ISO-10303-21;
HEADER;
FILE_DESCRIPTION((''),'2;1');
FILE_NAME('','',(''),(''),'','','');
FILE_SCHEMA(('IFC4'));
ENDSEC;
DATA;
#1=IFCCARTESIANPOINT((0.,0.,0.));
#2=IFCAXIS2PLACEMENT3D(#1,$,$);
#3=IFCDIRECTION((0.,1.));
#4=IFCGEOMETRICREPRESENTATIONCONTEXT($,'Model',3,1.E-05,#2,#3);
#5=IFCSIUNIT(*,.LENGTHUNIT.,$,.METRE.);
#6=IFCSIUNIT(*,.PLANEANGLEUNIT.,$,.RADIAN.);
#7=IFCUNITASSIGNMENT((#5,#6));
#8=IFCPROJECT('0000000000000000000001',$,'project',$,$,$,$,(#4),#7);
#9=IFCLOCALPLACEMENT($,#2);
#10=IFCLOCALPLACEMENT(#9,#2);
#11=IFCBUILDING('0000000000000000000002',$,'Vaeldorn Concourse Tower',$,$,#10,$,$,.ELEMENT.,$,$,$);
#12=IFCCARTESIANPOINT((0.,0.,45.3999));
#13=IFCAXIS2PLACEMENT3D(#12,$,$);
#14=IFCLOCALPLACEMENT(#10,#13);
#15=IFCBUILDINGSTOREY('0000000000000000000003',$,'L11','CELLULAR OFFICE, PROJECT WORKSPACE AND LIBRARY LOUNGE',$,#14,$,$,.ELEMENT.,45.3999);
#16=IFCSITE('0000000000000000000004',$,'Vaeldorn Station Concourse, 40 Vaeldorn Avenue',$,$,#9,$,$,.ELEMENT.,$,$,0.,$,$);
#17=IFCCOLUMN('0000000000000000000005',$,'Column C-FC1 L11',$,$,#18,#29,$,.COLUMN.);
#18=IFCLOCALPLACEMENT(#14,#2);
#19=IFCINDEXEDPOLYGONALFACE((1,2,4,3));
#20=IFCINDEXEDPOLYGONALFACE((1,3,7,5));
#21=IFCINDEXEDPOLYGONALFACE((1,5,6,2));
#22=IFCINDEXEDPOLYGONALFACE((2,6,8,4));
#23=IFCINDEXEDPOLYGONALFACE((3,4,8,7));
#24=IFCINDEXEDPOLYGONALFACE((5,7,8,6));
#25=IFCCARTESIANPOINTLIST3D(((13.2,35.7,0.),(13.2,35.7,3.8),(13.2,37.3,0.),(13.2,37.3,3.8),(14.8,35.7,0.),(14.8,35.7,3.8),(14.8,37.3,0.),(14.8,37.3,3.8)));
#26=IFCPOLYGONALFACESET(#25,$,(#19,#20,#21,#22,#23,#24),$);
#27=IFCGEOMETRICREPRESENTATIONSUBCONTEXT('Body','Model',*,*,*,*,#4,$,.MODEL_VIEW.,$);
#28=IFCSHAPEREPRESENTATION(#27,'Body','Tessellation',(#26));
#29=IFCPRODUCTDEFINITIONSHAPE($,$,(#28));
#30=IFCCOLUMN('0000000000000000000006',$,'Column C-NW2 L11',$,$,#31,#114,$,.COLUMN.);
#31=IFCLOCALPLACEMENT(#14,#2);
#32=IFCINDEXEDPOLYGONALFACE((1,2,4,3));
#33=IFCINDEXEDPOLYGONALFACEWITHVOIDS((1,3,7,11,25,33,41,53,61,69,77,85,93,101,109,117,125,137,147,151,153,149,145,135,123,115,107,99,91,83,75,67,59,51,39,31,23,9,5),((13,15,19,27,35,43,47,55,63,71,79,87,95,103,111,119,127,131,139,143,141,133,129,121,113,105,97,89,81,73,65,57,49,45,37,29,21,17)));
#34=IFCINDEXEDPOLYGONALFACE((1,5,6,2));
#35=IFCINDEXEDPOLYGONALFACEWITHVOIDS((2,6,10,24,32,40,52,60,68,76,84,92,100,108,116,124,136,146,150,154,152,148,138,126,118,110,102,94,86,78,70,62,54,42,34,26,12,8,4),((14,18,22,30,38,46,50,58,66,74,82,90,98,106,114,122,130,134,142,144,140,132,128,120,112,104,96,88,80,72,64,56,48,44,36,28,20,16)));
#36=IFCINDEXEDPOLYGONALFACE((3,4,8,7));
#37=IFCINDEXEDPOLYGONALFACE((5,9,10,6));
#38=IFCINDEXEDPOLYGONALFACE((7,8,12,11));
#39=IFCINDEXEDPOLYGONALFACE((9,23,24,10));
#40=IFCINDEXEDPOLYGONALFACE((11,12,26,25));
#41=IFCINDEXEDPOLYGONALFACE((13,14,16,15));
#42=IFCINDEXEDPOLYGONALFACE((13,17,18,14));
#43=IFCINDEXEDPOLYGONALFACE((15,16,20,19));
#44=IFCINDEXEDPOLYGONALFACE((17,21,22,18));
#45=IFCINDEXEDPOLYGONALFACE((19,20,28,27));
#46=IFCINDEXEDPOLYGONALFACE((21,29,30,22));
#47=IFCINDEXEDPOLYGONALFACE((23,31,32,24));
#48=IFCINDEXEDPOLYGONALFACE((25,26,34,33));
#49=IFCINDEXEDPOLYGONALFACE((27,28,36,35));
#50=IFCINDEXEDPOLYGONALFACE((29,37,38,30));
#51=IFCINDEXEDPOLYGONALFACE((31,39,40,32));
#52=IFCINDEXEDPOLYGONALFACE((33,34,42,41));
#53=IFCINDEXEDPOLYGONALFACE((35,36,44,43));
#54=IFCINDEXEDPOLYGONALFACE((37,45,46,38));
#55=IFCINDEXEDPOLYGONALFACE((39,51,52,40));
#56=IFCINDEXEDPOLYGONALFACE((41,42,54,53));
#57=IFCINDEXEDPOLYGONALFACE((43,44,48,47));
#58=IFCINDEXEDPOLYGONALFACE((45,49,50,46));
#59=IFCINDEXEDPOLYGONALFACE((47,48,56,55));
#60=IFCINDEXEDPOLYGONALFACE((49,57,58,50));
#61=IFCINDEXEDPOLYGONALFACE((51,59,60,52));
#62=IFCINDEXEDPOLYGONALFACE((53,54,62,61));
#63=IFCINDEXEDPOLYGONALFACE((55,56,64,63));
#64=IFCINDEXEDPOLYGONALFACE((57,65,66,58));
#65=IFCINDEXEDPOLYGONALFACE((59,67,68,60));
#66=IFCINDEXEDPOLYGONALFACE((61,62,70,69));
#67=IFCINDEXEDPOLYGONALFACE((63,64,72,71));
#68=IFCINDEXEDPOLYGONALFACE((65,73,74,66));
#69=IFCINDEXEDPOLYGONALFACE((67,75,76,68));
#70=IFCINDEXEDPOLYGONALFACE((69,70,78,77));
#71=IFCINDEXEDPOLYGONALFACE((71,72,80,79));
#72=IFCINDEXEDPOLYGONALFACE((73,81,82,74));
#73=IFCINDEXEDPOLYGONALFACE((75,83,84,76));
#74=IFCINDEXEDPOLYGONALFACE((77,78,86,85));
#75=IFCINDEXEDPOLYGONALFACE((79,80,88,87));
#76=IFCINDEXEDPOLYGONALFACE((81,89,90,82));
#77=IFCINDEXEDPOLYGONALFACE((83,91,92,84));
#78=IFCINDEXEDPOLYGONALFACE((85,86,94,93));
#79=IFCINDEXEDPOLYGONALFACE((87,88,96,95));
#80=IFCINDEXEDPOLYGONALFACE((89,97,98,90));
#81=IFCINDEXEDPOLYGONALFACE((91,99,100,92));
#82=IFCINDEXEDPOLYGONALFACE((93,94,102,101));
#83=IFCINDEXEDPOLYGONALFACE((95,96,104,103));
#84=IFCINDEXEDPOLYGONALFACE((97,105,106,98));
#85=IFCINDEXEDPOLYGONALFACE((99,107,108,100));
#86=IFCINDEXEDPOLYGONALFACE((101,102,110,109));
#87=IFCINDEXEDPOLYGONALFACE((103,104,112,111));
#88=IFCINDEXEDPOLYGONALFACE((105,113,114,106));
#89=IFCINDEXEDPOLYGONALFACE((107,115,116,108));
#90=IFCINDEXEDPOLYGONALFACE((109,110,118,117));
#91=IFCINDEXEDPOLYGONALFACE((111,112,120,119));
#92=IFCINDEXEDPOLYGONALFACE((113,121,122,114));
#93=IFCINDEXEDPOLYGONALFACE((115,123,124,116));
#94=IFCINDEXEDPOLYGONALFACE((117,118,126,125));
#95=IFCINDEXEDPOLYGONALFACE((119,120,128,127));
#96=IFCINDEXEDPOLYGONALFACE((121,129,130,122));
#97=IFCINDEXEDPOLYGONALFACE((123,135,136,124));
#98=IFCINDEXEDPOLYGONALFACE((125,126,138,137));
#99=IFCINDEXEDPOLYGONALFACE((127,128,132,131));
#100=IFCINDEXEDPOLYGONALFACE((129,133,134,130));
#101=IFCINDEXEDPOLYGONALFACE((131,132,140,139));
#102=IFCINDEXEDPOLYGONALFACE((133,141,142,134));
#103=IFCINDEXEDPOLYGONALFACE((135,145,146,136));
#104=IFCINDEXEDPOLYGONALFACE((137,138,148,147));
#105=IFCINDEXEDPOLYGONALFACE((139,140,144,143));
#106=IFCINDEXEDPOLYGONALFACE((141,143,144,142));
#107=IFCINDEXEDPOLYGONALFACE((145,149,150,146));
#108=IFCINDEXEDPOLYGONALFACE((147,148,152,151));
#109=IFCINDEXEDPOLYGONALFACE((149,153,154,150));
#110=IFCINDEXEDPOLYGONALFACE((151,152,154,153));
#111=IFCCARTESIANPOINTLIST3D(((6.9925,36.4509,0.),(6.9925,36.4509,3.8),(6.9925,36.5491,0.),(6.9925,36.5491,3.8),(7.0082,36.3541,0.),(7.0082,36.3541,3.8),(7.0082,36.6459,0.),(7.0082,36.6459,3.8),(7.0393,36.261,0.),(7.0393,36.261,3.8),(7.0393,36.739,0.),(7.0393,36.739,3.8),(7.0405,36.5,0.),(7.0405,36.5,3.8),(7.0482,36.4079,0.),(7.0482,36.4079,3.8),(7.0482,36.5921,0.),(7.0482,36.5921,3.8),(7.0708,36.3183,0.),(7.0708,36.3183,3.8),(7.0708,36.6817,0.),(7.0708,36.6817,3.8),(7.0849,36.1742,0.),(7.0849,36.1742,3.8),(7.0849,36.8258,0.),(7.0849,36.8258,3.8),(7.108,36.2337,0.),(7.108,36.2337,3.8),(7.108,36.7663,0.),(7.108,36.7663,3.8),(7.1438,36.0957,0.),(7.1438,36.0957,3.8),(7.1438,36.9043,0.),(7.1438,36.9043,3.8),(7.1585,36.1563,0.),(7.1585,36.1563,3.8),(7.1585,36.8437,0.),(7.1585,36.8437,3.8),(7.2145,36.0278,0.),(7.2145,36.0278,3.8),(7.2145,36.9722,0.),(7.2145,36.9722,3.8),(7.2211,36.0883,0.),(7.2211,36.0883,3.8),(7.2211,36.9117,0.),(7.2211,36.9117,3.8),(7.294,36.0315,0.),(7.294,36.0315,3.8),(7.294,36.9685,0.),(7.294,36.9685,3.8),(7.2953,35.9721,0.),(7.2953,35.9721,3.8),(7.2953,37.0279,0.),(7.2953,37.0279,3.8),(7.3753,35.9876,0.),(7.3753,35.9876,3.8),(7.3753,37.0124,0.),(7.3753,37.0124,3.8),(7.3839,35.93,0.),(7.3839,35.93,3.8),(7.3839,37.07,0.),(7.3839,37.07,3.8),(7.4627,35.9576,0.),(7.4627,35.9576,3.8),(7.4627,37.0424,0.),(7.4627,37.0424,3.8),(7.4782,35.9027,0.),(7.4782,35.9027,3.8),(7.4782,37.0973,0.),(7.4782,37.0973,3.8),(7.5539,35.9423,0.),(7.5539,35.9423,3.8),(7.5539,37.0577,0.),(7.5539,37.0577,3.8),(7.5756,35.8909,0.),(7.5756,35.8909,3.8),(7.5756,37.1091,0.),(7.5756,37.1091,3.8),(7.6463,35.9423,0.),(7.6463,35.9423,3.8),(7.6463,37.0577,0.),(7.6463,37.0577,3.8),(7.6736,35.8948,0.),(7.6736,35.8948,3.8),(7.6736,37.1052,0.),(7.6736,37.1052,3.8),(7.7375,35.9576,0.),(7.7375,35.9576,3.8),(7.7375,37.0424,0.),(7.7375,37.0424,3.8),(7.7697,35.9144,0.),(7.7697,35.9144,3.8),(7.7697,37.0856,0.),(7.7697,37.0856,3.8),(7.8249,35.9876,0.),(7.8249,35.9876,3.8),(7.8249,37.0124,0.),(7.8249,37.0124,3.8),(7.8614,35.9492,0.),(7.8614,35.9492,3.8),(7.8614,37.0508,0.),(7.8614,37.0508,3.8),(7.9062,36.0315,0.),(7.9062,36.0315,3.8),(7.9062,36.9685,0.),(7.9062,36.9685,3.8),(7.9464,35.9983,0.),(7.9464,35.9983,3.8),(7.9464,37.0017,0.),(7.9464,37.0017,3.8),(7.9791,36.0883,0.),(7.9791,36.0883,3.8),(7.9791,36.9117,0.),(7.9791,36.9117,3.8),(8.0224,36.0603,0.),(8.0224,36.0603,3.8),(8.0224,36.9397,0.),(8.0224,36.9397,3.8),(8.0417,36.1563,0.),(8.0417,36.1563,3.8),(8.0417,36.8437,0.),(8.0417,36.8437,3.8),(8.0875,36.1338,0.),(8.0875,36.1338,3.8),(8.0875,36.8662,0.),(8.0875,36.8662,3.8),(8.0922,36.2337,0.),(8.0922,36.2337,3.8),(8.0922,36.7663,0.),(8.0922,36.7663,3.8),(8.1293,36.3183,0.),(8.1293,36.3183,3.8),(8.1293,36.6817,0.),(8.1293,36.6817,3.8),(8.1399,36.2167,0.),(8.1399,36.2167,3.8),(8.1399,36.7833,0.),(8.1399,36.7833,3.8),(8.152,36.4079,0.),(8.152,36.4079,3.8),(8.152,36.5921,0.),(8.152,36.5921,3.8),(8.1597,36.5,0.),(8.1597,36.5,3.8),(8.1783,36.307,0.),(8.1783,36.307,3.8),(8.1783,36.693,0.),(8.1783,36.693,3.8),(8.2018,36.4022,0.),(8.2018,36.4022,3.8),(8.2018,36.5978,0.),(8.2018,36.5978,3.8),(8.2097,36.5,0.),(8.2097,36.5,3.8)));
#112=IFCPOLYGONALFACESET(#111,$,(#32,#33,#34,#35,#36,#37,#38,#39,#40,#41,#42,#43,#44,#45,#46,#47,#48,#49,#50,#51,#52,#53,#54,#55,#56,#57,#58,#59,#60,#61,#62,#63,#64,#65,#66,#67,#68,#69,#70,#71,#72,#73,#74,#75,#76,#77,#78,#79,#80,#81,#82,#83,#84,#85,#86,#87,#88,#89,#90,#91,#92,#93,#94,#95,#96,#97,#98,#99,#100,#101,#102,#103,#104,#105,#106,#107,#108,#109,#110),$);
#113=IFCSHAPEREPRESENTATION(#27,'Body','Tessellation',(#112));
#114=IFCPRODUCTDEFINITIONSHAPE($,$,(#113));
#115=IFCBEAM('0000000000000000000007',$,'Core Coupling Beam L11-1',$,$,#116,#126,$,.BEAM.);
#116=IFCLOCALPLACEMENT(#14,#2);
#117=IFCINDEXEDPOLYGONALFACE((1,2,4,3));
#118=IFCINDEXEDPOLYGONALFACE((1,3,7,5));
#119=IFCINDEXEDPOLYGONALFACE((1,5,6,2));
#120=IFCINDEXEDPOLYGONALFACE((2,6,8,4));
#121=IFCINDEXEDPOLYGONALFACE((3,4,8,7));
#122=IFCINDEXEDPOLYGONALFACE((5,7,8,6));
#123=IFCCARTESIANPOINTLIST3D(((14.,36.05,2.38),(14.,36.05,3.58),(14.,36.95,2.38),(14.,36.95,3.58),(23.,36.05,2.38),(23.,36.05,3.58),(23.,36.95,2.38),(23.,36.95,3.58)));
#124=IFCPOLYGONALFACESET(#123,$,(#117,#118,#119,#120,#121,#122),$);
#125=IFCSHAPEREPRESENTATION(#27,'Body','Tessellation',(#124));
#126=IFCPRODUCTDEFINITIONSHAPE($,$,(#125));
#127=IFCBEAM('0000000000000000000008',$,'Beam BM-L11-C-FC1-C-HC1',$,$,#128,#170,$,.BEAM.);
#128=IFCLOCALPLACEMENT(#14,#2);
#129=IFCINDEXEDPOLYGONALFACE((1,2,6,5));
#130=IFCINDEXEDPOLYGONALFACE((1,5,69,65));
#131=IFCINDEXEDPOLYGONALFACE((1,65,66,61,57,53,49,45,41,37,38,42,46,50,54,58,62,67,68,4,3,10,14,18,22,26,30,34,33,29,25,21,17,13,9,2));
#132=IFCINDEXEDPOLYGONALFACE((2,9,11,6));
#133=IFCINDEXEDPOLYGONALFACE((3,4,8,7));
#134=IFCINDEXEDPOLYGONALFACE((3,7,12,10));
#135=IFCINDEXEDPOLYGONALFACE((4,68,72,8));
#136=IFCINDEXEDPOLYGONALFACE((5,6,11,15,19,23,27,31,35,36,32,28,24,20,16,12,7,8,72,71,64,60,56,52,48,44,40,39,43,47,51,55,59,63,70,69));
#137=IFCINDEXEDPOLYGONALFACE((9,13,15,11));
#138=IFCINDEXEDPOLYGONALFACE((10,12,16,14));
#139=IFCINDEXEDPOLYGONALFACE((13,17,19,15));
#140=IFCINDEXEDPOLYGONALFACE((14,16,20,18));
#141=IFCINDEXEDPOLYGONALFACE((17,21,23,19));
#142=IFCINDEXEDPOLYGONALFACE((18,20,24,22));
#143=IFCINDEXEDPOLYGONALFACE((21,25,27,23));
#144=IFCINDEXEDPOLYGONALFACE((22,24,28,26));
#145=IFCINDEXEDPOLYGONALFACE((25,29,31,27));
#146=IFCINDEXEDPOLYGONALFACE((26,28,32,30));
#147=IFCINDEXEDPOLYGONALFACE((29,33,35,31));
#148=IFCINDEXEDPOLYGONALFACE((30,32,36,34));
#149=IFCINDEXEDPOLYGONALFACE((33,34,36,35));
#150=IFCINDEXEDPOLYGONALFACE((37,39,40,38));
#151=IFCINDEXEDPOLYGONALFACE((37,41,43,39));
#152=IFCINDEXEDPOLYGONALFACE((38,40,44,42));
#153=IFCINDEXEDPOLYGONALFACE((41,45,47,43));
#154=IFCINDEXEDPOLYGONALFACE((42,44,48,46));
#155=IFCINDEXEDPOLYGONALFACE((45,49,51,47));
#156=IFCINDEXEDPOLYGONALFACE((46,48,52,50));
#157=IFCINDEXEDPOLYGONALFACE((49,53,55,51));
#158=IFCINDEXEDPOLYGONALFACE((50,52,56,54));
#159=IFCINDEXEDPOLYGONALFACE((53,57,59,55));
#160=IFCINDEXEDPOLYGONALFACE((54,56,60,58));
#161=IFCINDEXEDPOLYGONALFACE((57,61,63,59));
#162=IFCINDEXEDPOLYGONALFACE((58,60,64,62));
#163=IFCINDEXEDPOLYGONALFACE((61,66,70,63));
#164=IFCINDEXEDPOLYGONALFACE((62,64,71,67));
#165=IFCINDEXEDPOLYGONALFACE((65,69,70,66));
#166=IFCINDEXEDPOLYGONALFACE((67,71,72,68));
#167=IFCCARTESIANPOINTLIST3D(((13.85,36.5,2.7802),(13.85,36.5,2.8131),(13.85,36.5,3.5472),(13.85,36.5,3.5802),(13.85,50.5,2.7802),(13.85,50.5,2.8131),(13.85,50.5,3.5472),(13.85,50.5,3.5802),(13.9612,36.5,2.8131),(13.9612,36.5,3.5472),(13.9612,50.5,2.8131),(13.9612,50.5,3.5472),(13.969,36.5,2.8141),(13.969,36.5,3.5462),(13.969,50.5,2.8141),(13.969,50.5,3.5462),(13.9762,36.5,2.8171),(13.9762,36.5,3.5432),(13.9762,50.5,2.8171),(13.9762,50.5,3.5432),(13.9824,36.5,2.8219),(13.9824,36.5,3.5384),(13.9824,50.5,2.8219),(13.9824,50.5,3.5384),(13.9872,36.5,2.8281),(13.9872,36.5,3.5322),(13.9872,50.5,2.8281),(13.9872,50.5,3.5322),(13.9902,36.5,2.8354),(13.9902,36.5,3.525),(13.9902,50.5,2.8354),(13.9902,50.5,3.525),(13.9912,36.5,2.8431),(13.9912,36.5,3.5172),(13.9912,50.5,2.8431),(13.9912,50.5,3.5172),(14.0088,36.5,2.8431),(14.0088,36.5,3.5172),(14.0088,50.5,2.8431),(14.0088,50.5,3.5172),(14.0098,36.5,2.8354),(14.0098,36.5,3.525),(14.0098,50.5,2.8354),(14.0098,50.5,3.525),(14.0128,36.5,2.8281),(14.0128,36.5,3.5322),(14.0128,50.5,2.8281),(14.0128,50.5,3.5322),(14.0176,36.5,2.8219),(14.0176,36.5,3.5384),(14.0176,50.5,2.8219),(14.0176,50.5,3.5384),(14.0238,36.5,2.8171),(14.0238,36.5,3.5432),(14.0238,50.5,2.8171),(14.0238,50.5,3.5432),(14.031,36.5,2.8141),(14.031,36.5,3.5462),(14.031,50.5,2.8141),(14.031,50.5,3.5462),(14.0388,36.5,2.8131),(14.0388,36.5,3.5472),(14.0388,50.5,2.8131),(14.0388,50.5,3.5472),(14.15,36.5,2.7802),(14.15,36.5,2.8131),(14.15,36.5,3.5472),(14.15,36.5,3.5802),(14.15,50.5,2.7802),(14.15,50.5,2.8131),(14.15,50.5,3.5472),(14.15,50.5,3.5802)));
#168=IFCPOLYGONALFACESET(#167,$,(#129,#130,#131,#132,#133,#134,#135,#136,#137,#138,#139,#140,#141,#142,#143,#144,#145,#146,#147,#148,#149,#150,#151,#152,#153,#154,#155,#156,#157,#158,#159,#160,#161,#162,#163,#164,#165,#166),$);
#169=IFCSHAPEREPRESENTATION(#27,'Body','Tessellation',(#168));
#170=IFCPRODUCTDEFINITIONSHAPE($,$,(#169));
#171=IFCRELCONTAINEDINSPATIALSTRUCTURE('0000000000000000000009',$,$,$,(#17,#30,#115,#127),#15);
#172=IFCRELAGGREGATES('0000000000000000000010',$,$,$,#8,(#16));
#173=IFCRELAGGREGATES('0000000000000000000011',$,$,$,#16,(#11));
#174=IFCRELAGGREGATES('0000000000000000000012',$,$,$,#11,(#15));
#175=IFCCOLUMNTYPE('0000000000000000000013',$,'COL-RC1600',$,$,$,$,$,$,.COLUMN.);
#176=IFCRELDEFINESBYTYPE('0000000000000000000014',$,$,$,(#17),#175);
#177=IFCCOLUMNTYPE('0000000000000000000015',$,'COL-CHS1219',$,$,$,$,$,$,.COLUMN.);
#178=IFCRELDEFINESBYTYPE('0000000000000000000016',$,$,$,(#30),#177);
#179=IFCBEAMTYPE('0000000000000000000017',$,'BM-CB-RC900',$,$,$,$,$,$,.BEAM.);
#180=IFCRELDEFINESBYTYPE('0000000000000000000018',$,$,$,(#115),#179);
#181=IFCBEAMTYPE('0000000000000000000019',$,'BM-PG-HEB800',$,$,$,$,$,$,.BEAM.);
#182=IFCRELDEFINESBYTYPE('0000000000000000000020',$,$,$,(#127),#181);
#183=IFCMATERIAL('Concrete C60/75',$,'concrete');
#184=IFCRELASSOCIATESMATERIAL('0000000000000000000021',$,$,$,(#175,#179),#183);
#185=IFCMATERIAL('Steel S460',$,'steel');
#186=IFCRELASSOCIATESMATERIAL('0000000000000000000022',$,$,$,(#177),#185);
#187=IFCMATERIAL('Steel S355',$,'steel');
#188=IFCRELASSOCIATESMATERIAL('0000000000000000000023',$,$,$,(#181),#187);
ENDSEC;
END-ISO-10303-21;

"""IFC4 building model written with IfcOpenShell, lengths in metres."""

from ifc_helpers import new_model, si_unit, direction, frame, origin, origin_2d, place, context, subcontext, project, spatial, rectangle, hollow_circle, i_section, extrude, source, transform, mapped, material, material_profile, profile_set, type_object, element, save


model = new_model("IFC4")

# Units and contexts
model_context = context("Model", 3, precision=1e-05, world=origin(), true_north=direction((0.0, 1.0)))
body_context = subcontext(model_context, "Body", "Model", "MODEL_VIEW")
ifc_project = project(units=[si_unit("LENGTHUNIT", "METRE"), si_unit("PLANEANGLEUNIT", "RADIAN")], contexts=[model_context])

# Site, building, storey
site_placement = place(None, origin())
site = spatial("IfcSite", under=ifc_project, at=site_placement, Name="Vaeldorn Station Concourse, 40 Vaeldorn Avenue", CompositionType="ELEMENT", RefElevation=0.0)
building_placement = place(site_placement, origin())
building = spatial("IfcBuilding", under=site, at=building_placement, Name="Vaeldorn Concourse Tower", CompositionType="ELEMENT")
storey_placement = place(building_placement, frame((0.0, 0.0, 45.3999)))
storey = spatial("IfcBuildingStorey", under=building, at=storey_placement, Name="L11", Description="CELLULAR OFFICE, PROJECT WORKSPACE AND LIBRARY LOUNGE", CompositionType="ELEMENT", Elevation=45.3999)

# Columns
ifc_material_1 = material(Name="Concrete C60/75", Category="concrete")
ifc_material_profile_1 = material_profile(ifc_material_1, rectangle(XDim=1.6001, YDim=1.6001, at=origin_2d()), Name="RC 1600x1600")
ifc_profile_set_1 = profile_set([ifc_material_profile_1], Name="Concrete C60/75")
column_type_1 = type_object("IfcColumnType", Name="COL-RC1600", PredefinedType="COLUMN", material=ifc_profile_set_1)
shared_shape_1 = source(origin(), body_context, "Body", "SweptSolid", [
    extrude(rectangle(XDim=1.6001, YDim=1.6001, at=origin_2d()), origin(), (0.0, 0.0, 1.0), 3.8),
])
column_1_placement = place(storey_placement, frame((14.0, 36.5, 0.0), z_axis=(0.0, 0.0, 1.0), x_axis=(1.0, 0.0, 0.0)))
element("IfcColumn", 1, at=column_1_placement, inside=storey, type_object=column_type_1, Name="Column C-FC1 L11", PredefinedType="COLUMN", context=body_context, shape_type="MappedRepresentation", body=[
    mapped(shared_shape_1, transform((0.0, 0.0, 0.0), scale=1.0)),
])
ifc_material_2 = material(Name="Steel S460", Category="steel")
ifc_material_profile_2 = material_profile(ifc_material_2, hollow_circle(Radius=0.6096, WallThickness=0.05, at=origin_2d()), Name="CHS 1219x50")
ifc_profile_set_2 = profile_set([ifc_material_profile_2], Name="Steel S460")
column_type_2 = type_object("IfcColumnType", Name="COL-CHS1219", PredefinedType="COLUMN", material=ifc_profile_set_2)
shared_shape_2 = source(origin(), body_context, "Body", "SweptSolid", [
    extrude(hollow_circle(Radius=0.6096, WallThickness=0.05, at=origin_2d()), origin(), (0.0, 0.0, 1.0), 3.8),
])
column_2_placement = place(storey_placement, frame((7.6001, 36.5, 0.0), z_axis=(0.0, 0.0, 1.0), x_axis=(1.0, 0.0, 0.0)))
element("IfcColumn", 2, at=column_2_placement, inside=storey, type_object=column_type_2, Name="Column C-NW2 L11", PredefinedType="COLUMN", context=body_context, shape_type="MappedRepresentation", body=[
    mapped(shared_shape_2, transform((0.0, 0.0, 0.0), scale=1.0)),
])

# Beams
ifc_material_profile_3 = material_profile(ifc_material_1, rectangle(XDim=0.8999, YDim=1.2, at=origin_2d()), Name="RC 900x1200")
ifc_profile_set_3 = profile_set([ifc_material_profile_3], Name="Concrete C60/75")
beam_type_1 = type_object("IfcBeamType", Name="BM-CB-RC900", PredefinedType="BEAM", material=ifc_profile_set_3)
shared_shape_3 = source(origin(), body_context, "Body", "SweptSolid", [
    extrude(rectangle(XDim=0.8999, YDim=1.2, at=origin_2d()), origin(), (0.0, 0.0, 1.0), 9.0),
])
beam_1_placement = place(storey_placement, frame((14.0, 36.5, 2.98), z_axis=(1.0, 0.0, 0.0), x_axis=(0.0, 1.0, 0.0)))
element("IfcBeam", 3, at=beam_1_placement, inside=storey, type_object=beam_type_1, Name="Core Coupling Beam L11-1", PredefinedType="BEAM", context=body_context, shape_type="MappedRepresentation", body=[
    mapped(shared_shape_3, transform((0.0, 0.0, 0.0), scale=1.0)),
])
ifc_material_3 = material(Name="Steel S355", Category="steel")
ifc_material_profile_4 = material_profile(ifc_material_3, i_section(OverallWidth=0.3, OverallDepth=0.8, WebThickness=0.0176, FlangeThickness=0.033, FilletRadius=0.03, at=origin_2d()), Name="HEB 800")
ifc_profile_set_4 = profile_set([ifc_material_profile_4], Name="Steel S355")
beam_type_2 = type_object("IfcBeamType", Name="BM-PG-HEB800", PredefinedType="BEAM", material=ifc_profile_set_4)
shared_shape_4 = source(origin(), body_context, "Body", "SweptSolid", [
    extrude(i_section(OverallWidth=0.3, OverallDepth=0.8, WebThickness=0.0176, FlangeThickness=0.033, FilletRadius=0.03, at=origin_2d()), origin(), (0.0, 0.0, 1.0), 14.0),
])
beam_2_placement = place(storey_placement, frame((14.0, 36.5, 3.1802), z_axis=(0.0, 1.0, 0.0), x_axis=(-1.0, 0.0, 0.0)))
element("IfcBeam", 4, at=beam_2_placement, inside=storey, type_object=beam_type_2, Name="Beam BM-L11-C-FC1-C-HC1", PredefinedType="BEAM", context=body_context, shape_type="MappedRepresentation", body=[
    mapped(shared_shape_4, transform((0.0, 0.0, 0.0), scale=1.0)),
])

save(model, "model.ifc")
